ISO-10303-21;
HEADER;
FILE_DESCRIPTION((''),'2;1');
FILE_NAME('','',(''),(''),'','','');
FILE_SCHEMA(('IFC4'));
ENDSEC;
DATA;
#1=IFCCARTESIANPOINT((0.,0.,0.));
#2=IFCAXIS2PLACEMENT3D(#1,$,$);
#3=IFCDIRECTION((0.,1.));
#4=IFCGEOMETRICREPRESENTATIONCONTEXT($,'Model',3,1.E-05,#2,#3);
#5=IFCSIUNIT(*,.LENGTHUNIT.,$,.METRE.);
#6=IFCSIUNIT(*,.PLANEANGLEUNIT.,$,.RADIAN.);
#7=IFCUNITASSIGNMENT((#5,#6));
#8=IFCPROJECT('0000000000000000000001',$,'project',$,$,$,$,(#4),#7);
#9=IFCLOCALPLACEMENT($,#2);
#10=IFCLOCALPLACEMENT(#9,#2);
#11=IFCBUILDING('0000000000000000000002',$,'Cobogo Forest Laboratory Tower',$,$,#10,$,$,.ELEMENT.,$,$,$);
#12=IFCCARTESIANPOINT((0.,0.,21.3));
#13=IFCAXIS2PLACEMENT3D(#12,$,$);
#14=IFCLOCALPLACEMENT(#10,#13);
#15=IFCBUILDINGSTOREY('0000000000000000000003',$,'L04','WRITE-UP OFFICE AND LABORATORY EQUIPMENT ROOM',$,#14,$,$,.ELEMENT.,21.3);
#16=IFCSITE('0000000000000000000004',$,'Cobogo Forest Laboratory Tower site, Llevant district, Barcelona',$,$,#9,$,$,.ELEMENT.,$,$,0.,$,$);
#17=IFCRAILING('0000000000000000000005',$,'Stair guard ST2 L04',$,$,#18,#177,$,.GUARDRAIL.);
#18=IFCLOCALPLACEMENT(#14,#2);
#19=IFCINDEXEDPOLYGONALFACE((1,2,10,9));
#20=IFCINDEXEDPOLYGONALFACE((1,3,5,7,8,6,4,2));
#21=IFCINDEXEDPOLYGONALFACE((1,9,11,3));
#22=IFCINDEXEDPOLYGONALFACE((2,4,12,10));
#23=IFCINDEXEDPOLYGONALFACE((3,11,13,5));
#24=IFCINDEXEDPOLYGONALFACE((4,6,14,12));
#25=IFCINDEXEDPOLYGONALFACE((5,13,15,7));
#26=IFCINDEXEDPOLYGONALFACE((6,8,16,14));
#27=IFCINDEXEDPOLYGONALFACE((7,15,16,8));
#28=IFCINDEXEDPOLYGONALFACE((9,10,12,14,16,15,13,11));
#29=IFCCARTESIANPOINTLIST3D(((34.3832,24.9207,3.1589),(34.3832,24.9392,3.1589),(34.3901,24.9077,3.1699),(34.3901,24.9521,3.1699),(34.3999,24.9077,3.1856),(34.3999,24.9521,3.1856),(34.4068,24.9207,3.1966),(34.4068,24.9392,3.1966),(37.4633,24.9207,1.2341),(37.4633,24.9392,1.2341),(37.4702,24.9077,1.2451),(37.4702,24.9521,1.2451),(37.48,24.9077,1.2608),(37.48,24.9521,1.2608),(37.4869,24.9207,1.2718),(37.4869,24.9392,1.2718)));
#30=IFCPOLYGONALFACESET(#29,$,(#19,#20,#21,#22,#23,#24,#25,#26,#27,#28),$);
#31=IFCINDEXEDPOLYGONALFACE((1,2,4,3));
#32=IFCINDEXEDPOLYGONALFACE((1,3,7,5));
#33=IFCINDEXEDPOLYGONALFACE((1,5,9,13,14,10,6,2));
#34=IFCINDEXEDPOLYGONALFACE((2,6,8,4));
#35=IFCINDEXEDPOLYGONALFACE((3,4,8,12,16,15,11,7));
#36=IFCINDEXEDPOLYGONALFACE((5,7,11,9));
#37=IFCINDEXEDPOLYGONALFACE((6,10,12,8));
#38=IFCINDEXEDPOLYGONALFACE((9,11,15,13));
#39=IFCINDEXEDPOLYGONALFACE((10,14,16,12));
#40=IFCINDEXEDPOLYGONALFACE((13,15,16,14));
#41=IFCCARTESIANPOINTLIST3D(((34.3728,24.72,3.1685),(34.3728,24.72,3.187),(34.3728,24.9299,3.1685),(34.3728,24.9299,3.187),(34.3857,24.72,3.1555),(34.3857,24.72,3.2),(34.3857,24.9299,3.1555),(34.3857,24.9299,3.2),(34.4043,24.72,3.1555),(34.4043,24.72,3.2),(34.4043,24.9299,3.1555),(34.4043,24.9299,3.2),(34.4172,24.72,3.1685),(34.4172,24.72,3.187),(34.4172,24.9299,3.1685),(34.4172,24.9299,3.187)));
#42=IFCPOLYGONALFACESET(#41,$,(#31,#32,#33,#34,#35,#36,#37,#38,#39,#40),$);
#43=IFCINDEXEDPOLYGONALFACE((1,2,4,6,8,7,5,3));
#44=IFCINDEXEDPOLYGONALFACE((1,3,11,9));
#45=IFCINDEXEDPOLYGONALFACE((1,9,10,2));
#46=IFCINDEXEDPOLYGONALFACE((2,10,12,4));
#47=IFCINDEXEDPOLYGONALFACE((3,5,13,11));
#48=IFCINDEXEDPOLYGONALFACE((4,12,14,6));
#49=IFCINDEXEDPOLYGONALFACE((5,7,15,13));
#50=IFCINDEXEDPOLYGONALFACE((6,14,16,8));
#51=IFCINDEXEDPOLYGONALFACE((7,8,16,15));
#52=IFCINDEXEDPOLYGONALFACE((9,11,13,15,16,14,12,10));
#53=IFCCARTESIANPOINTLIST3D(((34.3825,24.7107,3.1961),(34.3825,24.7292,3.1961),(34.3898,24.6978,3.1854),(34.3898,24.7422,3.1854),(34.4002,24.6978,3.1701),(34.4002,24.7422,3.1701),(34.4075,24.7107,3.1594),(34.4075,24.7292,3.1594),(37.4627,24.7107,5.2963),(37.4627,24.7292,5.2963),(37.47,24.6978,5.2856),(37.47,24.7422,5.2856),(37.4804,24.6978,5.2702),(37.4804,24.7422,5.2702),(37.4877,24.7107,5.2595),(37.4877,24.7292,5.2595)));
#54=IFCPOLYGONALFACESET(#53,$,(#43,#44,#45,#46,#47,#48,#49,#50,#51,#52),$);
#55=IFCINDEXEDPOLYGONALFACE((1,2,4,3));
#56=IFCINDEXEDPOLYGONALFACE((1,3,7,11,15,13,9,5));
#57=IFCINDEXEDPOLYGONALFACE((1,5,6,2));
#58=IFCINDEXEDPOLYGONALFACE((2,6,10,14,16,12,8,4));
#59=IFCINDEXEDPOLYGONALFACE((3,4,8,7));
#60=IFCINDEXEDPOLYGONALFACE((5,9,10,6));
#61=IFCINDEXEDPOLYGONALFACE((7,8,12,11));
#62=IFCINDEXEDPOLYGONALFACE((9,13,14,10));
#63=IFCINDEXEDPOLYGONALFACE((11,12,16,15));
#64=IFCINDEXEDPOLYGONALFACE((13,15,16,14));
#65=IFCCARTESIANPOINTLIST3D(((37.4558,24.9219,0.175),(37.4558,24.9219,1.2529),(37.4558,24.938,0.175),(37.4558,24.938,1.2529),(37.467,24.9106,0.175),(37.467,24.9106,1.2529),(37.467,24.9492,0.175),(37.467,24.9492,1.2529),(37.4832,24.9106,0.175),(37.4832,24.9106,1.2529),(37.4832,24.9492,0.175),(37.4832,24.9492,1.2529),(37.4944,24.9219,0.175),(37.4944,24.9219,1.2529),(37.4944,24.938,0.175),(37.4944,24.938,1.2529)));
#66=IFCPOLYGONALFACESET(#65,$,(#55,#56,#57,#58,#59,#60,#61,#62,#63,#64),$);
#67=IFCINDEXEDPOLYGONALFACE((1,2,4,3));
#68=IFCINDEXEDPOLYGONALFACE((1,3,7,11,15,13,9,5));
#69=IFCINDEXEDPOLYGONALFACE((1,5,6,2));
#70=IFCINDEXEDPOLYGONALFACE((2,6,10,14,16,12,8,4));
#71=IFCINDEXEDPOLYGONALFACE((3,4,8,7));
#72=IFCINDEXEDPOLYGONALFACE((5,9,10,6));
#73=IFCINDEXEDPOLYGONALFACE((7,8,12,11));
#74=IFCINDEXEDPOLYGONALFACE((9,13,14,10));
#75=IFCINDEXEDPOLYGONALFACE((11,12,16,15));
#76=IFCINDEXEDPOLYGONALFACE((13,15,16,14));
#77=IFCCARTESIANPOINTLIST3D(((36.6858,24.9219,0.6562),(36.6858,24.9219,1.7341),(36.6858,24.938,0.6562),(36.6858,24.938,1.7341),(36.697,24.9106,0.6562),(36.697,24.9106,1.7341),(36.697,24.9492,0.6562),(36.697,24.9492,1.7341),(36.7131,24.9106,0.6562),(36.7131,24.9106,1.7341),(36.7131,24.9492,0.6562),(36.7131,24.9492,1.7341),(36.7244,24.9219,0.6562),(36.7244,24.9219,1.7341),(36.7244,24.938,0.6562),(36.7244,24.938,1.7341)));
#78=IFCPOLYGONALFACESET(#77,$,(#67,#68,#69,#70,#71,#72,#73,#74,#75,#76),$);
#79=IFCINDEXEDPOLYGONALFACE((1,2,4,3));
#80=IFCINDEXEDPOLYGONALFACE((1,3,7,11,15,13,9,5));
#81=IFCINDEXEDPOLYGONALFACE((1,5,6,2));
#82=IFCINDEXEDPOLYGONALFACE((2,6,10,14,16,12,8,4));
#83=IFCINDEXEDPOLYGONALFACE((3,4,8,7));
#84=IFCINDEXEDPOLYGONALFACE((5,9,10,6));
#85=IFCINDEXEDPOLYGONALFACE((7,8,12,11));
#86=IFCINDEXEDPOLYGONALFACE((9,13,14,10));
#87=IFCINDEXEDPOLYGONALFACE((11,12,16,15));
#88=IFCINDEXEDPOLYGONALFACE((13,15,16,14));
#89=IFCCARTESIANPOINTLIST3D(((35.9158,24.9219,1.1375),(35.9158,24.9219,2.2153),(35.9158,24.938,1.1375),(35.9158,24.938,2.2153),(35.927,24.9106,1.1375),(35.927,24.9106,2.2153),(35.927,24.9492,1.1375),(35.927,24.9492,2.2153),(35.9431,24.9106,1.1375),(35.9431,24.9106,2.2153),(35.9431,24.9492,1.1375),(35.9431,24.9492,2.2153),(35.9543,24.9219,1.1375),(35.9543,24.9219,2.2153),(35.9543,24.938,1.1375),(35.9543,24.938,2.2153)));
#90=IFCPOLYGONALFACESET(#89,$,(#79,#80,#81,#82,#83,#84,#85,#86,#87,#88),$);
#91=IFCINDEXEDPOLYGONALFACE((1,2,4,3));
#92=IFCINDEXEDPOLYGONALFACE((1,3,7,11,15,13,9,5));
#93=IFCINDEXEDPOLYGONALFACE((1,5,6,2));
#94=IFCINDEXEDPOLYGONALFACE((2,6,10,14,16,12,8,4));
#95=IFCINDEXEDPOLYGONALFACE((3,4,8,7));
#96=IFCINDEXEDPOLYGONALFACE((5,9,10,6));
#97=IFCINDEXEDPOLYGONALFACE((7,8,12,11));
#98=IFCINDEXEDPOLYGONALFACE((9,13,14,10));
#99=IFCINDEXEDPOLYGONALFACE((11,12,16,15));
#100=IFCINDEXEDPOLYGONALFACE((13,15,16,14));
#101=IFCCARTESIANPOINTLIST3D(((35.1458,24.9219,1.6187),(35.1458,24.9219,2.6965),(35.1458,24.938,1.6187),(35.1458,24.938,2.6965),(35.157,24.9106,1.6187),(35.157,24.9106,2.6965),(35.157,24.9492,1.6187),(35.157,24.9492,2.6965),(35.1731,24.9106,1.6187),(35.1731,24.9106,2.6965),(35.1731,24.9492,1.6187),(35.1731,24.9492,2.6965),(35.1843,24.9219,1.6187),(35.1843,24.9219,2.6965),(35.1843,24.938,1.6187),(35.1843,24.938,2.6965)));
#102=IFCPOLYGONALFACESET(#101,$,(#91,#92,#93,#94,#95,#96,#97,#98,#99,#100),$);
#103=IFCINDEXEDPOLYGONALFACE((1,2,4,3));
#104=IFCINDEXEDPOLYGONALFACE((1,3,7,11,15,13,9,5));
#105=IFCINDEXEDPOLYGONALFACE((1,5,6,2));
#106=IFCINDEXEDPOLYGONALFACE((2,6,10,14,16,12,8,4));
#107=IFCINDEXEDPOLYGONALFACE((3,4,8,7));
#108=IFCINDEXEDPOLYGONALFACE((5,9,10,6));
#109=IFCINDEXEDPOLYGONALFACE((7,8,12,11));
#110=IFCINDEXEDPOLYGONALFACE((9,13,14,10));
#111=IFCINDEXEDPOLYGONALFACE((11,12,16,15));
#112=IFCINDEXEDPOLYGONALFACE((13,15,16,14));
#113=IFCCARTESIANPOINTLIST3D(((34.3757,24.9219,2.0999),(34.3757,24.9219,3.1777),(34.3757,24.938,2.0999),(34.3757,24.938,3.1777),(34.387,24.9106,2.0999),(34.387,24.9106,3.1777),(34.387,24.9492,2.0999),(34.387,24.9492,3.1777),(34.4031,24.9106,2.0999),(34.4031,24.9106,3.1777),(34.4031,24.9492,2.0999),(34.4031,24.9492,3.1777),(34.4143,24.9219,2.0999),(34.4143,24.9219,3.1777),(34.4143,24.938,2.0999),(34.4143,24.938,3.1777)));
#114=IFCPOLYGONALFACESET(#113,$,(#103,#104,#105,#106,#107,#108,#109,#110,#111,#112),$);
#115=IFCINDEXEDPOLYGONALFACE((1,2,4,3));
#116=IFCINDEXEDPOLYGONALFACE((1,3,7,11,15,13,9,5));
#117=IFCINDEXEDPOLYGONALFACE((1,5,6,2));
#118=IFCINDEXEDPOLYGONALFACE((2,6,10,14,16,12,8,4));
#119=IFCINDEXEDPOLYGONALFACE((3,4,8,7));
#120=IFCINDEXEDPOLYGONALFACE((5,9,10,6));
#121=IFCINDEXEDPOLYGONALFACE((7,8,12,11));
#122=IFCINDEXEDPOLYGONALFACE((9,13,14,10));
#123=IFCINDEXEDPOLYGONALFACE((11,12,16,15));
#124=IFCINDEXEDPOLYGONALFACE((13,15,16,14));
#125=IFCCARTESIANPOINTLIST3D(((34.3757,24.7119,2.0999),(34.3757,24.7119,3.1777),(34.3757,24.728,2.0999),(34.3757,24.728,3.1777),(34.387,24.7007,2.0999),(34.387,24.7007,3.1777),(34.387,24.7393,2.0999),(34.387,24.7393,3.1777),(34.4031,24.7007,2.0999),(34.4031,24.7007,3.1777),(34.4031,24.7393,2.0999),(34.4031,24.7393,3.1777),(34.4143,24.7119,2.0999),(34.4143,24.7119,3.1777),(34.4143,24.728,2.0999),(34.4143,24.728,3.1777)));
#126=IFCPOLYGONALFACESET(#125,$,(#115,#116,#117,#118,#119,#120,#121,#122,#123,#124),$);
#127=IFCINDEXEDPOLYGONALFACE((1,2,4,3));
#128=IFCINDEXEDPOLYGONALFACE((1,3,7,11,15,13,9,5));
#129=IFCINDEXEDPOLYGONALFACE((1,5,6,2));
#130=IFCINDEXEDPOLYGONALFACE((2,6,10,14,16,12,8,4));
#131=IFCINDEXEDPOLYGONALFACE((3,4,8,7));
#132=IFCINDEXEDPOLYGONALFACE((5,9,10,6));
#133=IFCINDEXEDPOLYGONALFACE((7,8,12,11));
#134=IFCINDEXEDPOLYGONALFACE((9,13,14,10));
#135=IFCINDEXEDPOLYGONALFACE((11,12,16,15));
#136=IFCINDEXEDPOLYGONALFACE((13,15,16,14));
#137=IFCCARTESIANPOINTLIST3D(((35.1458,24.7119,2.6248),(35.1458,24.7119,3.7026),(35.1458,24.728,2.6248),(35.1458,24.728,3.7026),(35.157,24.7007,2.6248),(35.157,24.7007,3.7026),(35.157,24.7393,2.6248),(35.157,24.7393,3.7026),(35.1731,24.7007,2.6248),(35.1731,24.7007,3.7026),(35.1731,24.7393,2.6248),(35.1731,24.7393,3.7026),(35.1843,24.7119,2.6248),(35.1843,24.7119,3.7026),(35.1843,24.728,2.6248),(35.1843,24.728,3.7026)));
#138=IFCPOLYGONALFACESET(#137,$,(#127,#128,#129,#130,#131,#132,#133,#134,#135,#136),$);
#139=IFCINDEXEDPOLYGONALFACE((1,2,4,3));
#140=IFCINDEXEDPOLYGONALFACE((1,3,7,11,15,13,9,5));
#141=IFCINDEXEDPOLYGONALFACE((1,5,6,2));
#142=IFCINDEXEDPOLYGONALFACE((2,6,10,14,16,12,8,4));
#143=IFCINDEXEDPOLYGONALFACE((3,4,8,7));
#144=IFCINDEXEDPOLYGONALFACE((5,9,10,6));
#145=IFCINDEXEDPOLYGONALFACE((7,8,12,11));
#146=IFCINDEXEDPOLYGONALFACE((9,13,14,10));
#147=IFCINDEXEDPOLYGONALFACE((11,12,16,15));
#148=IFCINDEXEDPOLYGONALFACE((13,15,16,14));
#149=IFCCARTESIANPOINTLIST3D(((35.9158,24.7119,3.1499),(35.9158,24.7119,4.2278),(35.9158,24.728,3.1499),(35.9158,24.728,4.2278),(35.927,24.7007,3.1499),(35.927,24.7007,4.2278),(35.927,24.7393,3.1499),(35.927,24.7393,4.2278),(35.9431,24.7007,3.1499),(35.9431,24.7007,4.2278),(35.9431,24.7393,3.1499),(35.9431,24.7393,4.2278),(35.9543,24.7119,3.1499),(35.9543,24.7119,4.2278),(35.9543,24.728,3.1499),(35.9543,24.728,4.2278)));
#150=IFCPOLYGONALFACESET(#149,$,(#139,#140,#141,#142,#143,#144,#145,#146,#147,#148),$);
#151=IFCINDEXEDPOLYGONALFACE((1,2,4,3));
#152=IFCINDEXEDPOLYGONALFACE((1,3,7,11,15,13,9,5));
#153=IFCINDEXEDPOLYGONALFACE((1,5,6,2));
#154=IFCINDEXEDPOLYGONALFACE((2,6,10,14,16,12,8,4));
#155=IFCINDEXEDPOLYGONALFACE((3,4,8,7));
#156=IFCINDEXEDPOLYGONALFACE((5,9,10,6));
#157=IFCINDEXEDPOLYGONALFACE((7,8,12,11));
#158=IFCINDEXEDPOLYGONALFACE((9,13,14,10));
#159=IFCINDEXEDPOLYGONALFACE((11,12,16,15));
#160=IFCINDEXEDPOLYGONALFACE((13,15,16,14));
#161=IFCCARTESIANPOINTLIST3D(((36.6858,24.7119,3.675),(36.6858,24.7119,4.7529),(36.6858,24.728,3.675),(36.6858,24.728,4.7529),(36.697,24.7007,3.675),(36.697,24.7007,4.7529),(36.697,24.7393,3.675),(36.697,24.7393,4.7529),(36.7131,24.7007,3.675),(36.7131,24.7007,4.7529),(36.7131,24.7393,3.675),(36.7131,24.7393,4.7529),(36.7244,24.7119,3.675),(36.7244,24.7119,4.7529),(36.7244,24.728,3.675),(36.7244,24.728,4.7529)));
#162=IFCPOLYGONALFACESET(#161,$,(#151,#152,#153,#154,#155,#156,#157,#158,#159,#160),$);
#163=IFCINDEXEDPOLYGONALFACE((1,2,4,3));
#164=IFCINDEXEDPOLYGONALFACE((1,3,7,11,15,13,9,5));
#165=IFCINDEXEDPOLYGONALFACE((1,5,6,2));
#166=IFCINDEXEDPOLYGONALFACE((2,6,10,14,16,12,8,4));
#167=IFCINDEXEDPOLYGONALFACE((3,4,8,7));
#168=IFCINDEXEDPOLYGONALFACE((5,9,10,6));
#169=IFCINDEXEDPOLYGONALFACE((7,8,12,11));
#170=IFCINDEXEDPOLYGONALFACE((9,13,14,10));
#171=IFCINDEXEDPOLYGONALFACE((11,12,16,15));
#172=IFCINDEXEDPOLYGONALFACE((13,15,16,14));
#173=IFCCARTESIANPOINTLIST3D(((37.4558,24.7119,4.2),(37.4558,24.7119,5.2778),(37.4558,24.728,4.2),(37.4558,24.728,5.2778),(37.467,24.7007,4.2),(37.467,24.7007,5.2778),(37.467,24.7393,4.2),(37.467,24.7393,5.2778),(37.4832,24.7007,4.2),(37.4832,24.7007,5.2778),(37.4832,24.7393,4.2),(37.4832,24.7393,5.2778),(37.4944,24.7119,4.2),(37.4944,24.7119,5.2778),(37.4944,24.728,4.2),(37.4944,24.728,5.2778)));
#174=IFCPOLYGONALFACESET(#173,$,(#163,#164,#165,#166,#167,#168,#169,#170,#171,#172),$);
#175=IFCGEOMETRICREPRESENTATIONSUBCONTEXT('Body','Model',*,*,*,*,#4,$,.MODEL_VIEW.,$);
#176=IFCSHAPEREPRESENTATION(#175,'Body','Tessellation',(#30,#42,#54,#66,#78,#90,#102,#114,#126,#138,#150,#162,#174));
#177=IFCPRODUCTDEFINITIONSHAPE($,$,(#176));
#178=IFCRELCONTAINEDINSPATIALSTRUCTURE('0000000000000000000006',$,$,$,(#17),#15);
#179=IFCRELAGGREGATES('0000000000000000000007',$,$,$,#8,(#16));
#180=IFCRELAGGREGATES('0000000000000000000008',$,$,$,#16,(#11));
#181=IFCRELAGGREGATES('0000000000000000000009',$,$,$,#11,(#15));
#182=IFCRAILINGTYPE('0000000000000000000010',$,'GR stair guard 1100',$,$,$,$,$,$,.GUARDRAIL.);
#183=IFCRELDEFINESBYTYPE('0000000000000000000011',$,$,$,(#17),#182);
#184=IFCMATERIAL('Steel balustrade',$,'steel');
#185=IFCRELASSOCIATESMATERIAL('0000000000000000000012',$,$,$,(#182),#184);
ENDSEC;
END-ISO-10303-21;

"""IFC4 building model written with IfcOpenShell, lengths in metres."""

from ifc_helpers import new_model, si_unit, direction, frame, origin, place, context, subcontext, project, spatial, polyline, outline, extrude, material, type_object, element, save


model = new_model("IFC4")

# Units and contexts
model_context = context("Model", 3, precision=1e-05, world=origin(), true_north=direction((0.0, 1.0)))
body_context = subcontext(model_context, "Body", "Model", "MODEL_VIEW")
ifc_project = project(units=[si_unit("LENGTHUNIT", "METRE"), si_unit("PLANEANGLEUNIT", "RADIAN")], contexts=[model_context])

# Site, building, storey
site_placement = place(None, origin())
site = spatial("IfcSite", under=ifc_project, at=site_placement, Name="Cobogo Forest Laboratory Tower site, Llevant district, Barcelona", CompositionType="ELEMENT", RefElevation=0.0)
building_placement = place(site_placement, origin())
building = spatial("IfcBuilding", under=site, at=building_placement, Name="Cobogo Forest Laboratory Tower", CompositionType="ELEMENT")
storey_placement = place(building_placement, frame((0.0, 0.0, 21.3)))
storey = spatial("IfcBuildingStorey", under=building, at=storey_placement, Name="L04", Description="WRITE-UP OFFICE AND LABORATORY EQUIPMENT ROOM", CompositionType="ELEMENT", Elevation=21.3)

# Railing
ifc_material_1 = material(Name="Steel balustrade", Category="steel")
railing_type_1 = type_object("IfcRailingType", Name="GR stair guard 1100", PredefinedType="GUARDRAIL", material=ifc_material_1)
railing_1_placement = place(storey_placement, frame((37.4751, 24.9299, 0.175)))
element("IfcRailing", 1, at=railing_1_placement, inside=storey, type_object=railing_type_1, Name="Stair guard ST2 L04", PredefinedType="GUARDRAIL", context=body_context, shape_type="SweptSolid", body=[
    extrude(outline(polyline([(0.0222, 0.0093), (0.0093, 0.0222), (-0.0093, 0.0222), (-0.0222, 0.0093), (-0.0222, -0.0093), (-0.0093, -0.0222), (0.0093, -0.0222), (0.0222, -0.0093), (0.0222, 0.0093)])), frame((0.0, 0.0, 1.0779), z_axis=(-0.848029, 0.0, 0.529951), x_axis=(0.0, -1.0, 0.0)), (0.0, 0.0, 1.0), 3.6321),
    extrude(outline(polyline([(0.0222, 0.0093), (0.0093, 0.0222), (-0.0093, 0.0222), (-0.0222, 0.0093), (-0.0222, -0.0093), (-0.0093, -0.0222), (0.0093, -0.0222), (0.0222, -0.0093), (0.0222, 0.0093)])), frame((-3.0801, 0.0, 3.0027), z_axis=(0.0, -1.0, 0.0), x_axis=(1.0, 0.0, 0.0)), (0.0, 0.0, 1.0), 0.21),
    extrude(outline(polyline([(0.0222, 0.0093), (0.0093, 0.0222), (-0.0093, 0.0222), (-0.0222, 0.0093), (-0.0222, -0.0093), (-0.0093, -0.0222), (0.0093, -0.0222), (0.0222, -0.0093), (0.0222, 0.0093)])), frame((-3.0801, -0.21, 3.0027), z_axis=(0.826222, 0.0, 0.563345), x_axis=(0.0, 1.0, 0.0)), (0.0, 0.0, 1.0), 3.728),
    extrude(outline(polyline([(0.0193, 0.0081), (0.0081, 0.0193), (-0.0081, 0.0193), (-0.0193, 0.0081), (-0.0193, -0.0081), (-0.0081, -0.0193), (0.0081, -0.0193), (0.0193, -0.0081), (0.0193, 0.0081)])), origin(), (0.0, 0.0, 1.0), 1.0779),
    extrude(outline(polyline([(0.0193, 0.0081), (0.0081, 0.0193), (-0.0081, 0.0193), (-0.0193, 0.0081), (-0.0193, -0.0081), (-0.0081, -0.0193), (0.0081, -0.0193), (0.0193, -0.0081), (0.0193, 0.0081)])), frame((-0.77, 0.0, 0.4812)), (0.0, 0.0, 1.0), 1.0779),
    extrude(outline(polyline([(0.0193, 0.0081), (0.0081, 0.0193), (-0.0081, 0.0193), (-0.0193, 0.0081), (-0.0193, -0.0081), (-0.0081, -0.0193), (0.0081, -0.0193), (0.0193, -0.0081), (0.0193, 0.0081)])), frame((-1.54, 0.0, 0.9624)), (0.0, 0.0, 1.0), 1.0779),
    extrude(outline(polyline([(0.0193, 0.0081), (0.0081, 0.0193), (-0.0081, 0.0193), (-0.0193, 0.0081), (-0.0193, -0.0081), (-0.0081, -0.0193), (0.0081, -0.0193), (0.0193, -0.0081), (0.0193, 0.0081)])), frame((-2.3101, 0.0, 1.4436)), (0.0, 0.0, 1.0), 1.0779),
    extrude(outline(polyline([(0.0193, 0.0081), (0.0081, 0.0193), (-0.0081, 0.0193), (-0.0193, 0.0081), (-0.0193, -0.0081), (-0.0081, -0.0193), (0.0081, -0.0193), (0.0193, -0.0081), (0.0193, 0.0081)])), frame((-3.0801, 0.0, 1.9248)), (0.0, 0.0, 1.0), 1.0779),
    extrude(outline(polyline([(0.0193, 0.0081), (0.0081, 0.0193), (-0.0081, 0.0193), (-0.0193, 0.0081), (-0.0193, -0.0081), (-0.0081, -0.0193), (0.0081, -0.0193), (0.0193, -0.0081), (0.0193, 0.0081)])), frame((-3.0801, -0.21, 1.9248)), (0.0, 0.0, 1.0), 1.0779),
    extrude(outline(polyline([(0.0193, 0.0081), (0.0081, 0.0193), (-0.0081, 0.0193), (-0.0193, 0.0081), (-0.0193, -0.0081), (-0.0081, -0.0193), (0.0081, -0.0193), (0.0193, -0.0081), (0.0193, 0.0081)])), frame((-2.3101, -0.21, 2.4497)), (0.0, 0.0, 1.0), 1.0779),
    extrude(outline(polyline([(0.0193, 0.0081), (0.0081, 0.0193), (-0.0081, 0.0193), (-0.0193, 0.0081), (-0.0193, -0.0081), (-0.0081, -0.0193), (0.0081, -0.0193), (0.0193, -0.0081), (0.0193, 0.0081)])), frame((-1.54, -0.21, 2.9749)), (0.0, 0.0, 1.0), 1.0779),
    extrude(outline(polyline([(0.0193, 0.0081), (0.0081, 0.0193), (-0.0081, 0.0193), (-0.0193, 0.0081), (-0.0193, -0.0081), (-0.0081, -0.0193), (0.0081, -0.0193), (0.0193, -0.0081), (0.0193, 0.0081)])), frame((-0.77, -0.21, 3.5)), (0.0, 0.0, 1.0), 1.0779),
    extrude(outline(polyline([(0.0193, 0.0081), (0.0081, 0.0193), (-0.0081, 0.0193), (-0.0193, 0.0081), (-0.0193, -0.0081), (-0.0081, -0.0193), (0.0081, -0.0193), (0.0193, -0.0081), (0.0193, 0.0081)])), frame((0.0, -0.21, 4.0249)), (0.0, 0.0, 1.0), 1.0779),
])

save(model, "model.ifc")
